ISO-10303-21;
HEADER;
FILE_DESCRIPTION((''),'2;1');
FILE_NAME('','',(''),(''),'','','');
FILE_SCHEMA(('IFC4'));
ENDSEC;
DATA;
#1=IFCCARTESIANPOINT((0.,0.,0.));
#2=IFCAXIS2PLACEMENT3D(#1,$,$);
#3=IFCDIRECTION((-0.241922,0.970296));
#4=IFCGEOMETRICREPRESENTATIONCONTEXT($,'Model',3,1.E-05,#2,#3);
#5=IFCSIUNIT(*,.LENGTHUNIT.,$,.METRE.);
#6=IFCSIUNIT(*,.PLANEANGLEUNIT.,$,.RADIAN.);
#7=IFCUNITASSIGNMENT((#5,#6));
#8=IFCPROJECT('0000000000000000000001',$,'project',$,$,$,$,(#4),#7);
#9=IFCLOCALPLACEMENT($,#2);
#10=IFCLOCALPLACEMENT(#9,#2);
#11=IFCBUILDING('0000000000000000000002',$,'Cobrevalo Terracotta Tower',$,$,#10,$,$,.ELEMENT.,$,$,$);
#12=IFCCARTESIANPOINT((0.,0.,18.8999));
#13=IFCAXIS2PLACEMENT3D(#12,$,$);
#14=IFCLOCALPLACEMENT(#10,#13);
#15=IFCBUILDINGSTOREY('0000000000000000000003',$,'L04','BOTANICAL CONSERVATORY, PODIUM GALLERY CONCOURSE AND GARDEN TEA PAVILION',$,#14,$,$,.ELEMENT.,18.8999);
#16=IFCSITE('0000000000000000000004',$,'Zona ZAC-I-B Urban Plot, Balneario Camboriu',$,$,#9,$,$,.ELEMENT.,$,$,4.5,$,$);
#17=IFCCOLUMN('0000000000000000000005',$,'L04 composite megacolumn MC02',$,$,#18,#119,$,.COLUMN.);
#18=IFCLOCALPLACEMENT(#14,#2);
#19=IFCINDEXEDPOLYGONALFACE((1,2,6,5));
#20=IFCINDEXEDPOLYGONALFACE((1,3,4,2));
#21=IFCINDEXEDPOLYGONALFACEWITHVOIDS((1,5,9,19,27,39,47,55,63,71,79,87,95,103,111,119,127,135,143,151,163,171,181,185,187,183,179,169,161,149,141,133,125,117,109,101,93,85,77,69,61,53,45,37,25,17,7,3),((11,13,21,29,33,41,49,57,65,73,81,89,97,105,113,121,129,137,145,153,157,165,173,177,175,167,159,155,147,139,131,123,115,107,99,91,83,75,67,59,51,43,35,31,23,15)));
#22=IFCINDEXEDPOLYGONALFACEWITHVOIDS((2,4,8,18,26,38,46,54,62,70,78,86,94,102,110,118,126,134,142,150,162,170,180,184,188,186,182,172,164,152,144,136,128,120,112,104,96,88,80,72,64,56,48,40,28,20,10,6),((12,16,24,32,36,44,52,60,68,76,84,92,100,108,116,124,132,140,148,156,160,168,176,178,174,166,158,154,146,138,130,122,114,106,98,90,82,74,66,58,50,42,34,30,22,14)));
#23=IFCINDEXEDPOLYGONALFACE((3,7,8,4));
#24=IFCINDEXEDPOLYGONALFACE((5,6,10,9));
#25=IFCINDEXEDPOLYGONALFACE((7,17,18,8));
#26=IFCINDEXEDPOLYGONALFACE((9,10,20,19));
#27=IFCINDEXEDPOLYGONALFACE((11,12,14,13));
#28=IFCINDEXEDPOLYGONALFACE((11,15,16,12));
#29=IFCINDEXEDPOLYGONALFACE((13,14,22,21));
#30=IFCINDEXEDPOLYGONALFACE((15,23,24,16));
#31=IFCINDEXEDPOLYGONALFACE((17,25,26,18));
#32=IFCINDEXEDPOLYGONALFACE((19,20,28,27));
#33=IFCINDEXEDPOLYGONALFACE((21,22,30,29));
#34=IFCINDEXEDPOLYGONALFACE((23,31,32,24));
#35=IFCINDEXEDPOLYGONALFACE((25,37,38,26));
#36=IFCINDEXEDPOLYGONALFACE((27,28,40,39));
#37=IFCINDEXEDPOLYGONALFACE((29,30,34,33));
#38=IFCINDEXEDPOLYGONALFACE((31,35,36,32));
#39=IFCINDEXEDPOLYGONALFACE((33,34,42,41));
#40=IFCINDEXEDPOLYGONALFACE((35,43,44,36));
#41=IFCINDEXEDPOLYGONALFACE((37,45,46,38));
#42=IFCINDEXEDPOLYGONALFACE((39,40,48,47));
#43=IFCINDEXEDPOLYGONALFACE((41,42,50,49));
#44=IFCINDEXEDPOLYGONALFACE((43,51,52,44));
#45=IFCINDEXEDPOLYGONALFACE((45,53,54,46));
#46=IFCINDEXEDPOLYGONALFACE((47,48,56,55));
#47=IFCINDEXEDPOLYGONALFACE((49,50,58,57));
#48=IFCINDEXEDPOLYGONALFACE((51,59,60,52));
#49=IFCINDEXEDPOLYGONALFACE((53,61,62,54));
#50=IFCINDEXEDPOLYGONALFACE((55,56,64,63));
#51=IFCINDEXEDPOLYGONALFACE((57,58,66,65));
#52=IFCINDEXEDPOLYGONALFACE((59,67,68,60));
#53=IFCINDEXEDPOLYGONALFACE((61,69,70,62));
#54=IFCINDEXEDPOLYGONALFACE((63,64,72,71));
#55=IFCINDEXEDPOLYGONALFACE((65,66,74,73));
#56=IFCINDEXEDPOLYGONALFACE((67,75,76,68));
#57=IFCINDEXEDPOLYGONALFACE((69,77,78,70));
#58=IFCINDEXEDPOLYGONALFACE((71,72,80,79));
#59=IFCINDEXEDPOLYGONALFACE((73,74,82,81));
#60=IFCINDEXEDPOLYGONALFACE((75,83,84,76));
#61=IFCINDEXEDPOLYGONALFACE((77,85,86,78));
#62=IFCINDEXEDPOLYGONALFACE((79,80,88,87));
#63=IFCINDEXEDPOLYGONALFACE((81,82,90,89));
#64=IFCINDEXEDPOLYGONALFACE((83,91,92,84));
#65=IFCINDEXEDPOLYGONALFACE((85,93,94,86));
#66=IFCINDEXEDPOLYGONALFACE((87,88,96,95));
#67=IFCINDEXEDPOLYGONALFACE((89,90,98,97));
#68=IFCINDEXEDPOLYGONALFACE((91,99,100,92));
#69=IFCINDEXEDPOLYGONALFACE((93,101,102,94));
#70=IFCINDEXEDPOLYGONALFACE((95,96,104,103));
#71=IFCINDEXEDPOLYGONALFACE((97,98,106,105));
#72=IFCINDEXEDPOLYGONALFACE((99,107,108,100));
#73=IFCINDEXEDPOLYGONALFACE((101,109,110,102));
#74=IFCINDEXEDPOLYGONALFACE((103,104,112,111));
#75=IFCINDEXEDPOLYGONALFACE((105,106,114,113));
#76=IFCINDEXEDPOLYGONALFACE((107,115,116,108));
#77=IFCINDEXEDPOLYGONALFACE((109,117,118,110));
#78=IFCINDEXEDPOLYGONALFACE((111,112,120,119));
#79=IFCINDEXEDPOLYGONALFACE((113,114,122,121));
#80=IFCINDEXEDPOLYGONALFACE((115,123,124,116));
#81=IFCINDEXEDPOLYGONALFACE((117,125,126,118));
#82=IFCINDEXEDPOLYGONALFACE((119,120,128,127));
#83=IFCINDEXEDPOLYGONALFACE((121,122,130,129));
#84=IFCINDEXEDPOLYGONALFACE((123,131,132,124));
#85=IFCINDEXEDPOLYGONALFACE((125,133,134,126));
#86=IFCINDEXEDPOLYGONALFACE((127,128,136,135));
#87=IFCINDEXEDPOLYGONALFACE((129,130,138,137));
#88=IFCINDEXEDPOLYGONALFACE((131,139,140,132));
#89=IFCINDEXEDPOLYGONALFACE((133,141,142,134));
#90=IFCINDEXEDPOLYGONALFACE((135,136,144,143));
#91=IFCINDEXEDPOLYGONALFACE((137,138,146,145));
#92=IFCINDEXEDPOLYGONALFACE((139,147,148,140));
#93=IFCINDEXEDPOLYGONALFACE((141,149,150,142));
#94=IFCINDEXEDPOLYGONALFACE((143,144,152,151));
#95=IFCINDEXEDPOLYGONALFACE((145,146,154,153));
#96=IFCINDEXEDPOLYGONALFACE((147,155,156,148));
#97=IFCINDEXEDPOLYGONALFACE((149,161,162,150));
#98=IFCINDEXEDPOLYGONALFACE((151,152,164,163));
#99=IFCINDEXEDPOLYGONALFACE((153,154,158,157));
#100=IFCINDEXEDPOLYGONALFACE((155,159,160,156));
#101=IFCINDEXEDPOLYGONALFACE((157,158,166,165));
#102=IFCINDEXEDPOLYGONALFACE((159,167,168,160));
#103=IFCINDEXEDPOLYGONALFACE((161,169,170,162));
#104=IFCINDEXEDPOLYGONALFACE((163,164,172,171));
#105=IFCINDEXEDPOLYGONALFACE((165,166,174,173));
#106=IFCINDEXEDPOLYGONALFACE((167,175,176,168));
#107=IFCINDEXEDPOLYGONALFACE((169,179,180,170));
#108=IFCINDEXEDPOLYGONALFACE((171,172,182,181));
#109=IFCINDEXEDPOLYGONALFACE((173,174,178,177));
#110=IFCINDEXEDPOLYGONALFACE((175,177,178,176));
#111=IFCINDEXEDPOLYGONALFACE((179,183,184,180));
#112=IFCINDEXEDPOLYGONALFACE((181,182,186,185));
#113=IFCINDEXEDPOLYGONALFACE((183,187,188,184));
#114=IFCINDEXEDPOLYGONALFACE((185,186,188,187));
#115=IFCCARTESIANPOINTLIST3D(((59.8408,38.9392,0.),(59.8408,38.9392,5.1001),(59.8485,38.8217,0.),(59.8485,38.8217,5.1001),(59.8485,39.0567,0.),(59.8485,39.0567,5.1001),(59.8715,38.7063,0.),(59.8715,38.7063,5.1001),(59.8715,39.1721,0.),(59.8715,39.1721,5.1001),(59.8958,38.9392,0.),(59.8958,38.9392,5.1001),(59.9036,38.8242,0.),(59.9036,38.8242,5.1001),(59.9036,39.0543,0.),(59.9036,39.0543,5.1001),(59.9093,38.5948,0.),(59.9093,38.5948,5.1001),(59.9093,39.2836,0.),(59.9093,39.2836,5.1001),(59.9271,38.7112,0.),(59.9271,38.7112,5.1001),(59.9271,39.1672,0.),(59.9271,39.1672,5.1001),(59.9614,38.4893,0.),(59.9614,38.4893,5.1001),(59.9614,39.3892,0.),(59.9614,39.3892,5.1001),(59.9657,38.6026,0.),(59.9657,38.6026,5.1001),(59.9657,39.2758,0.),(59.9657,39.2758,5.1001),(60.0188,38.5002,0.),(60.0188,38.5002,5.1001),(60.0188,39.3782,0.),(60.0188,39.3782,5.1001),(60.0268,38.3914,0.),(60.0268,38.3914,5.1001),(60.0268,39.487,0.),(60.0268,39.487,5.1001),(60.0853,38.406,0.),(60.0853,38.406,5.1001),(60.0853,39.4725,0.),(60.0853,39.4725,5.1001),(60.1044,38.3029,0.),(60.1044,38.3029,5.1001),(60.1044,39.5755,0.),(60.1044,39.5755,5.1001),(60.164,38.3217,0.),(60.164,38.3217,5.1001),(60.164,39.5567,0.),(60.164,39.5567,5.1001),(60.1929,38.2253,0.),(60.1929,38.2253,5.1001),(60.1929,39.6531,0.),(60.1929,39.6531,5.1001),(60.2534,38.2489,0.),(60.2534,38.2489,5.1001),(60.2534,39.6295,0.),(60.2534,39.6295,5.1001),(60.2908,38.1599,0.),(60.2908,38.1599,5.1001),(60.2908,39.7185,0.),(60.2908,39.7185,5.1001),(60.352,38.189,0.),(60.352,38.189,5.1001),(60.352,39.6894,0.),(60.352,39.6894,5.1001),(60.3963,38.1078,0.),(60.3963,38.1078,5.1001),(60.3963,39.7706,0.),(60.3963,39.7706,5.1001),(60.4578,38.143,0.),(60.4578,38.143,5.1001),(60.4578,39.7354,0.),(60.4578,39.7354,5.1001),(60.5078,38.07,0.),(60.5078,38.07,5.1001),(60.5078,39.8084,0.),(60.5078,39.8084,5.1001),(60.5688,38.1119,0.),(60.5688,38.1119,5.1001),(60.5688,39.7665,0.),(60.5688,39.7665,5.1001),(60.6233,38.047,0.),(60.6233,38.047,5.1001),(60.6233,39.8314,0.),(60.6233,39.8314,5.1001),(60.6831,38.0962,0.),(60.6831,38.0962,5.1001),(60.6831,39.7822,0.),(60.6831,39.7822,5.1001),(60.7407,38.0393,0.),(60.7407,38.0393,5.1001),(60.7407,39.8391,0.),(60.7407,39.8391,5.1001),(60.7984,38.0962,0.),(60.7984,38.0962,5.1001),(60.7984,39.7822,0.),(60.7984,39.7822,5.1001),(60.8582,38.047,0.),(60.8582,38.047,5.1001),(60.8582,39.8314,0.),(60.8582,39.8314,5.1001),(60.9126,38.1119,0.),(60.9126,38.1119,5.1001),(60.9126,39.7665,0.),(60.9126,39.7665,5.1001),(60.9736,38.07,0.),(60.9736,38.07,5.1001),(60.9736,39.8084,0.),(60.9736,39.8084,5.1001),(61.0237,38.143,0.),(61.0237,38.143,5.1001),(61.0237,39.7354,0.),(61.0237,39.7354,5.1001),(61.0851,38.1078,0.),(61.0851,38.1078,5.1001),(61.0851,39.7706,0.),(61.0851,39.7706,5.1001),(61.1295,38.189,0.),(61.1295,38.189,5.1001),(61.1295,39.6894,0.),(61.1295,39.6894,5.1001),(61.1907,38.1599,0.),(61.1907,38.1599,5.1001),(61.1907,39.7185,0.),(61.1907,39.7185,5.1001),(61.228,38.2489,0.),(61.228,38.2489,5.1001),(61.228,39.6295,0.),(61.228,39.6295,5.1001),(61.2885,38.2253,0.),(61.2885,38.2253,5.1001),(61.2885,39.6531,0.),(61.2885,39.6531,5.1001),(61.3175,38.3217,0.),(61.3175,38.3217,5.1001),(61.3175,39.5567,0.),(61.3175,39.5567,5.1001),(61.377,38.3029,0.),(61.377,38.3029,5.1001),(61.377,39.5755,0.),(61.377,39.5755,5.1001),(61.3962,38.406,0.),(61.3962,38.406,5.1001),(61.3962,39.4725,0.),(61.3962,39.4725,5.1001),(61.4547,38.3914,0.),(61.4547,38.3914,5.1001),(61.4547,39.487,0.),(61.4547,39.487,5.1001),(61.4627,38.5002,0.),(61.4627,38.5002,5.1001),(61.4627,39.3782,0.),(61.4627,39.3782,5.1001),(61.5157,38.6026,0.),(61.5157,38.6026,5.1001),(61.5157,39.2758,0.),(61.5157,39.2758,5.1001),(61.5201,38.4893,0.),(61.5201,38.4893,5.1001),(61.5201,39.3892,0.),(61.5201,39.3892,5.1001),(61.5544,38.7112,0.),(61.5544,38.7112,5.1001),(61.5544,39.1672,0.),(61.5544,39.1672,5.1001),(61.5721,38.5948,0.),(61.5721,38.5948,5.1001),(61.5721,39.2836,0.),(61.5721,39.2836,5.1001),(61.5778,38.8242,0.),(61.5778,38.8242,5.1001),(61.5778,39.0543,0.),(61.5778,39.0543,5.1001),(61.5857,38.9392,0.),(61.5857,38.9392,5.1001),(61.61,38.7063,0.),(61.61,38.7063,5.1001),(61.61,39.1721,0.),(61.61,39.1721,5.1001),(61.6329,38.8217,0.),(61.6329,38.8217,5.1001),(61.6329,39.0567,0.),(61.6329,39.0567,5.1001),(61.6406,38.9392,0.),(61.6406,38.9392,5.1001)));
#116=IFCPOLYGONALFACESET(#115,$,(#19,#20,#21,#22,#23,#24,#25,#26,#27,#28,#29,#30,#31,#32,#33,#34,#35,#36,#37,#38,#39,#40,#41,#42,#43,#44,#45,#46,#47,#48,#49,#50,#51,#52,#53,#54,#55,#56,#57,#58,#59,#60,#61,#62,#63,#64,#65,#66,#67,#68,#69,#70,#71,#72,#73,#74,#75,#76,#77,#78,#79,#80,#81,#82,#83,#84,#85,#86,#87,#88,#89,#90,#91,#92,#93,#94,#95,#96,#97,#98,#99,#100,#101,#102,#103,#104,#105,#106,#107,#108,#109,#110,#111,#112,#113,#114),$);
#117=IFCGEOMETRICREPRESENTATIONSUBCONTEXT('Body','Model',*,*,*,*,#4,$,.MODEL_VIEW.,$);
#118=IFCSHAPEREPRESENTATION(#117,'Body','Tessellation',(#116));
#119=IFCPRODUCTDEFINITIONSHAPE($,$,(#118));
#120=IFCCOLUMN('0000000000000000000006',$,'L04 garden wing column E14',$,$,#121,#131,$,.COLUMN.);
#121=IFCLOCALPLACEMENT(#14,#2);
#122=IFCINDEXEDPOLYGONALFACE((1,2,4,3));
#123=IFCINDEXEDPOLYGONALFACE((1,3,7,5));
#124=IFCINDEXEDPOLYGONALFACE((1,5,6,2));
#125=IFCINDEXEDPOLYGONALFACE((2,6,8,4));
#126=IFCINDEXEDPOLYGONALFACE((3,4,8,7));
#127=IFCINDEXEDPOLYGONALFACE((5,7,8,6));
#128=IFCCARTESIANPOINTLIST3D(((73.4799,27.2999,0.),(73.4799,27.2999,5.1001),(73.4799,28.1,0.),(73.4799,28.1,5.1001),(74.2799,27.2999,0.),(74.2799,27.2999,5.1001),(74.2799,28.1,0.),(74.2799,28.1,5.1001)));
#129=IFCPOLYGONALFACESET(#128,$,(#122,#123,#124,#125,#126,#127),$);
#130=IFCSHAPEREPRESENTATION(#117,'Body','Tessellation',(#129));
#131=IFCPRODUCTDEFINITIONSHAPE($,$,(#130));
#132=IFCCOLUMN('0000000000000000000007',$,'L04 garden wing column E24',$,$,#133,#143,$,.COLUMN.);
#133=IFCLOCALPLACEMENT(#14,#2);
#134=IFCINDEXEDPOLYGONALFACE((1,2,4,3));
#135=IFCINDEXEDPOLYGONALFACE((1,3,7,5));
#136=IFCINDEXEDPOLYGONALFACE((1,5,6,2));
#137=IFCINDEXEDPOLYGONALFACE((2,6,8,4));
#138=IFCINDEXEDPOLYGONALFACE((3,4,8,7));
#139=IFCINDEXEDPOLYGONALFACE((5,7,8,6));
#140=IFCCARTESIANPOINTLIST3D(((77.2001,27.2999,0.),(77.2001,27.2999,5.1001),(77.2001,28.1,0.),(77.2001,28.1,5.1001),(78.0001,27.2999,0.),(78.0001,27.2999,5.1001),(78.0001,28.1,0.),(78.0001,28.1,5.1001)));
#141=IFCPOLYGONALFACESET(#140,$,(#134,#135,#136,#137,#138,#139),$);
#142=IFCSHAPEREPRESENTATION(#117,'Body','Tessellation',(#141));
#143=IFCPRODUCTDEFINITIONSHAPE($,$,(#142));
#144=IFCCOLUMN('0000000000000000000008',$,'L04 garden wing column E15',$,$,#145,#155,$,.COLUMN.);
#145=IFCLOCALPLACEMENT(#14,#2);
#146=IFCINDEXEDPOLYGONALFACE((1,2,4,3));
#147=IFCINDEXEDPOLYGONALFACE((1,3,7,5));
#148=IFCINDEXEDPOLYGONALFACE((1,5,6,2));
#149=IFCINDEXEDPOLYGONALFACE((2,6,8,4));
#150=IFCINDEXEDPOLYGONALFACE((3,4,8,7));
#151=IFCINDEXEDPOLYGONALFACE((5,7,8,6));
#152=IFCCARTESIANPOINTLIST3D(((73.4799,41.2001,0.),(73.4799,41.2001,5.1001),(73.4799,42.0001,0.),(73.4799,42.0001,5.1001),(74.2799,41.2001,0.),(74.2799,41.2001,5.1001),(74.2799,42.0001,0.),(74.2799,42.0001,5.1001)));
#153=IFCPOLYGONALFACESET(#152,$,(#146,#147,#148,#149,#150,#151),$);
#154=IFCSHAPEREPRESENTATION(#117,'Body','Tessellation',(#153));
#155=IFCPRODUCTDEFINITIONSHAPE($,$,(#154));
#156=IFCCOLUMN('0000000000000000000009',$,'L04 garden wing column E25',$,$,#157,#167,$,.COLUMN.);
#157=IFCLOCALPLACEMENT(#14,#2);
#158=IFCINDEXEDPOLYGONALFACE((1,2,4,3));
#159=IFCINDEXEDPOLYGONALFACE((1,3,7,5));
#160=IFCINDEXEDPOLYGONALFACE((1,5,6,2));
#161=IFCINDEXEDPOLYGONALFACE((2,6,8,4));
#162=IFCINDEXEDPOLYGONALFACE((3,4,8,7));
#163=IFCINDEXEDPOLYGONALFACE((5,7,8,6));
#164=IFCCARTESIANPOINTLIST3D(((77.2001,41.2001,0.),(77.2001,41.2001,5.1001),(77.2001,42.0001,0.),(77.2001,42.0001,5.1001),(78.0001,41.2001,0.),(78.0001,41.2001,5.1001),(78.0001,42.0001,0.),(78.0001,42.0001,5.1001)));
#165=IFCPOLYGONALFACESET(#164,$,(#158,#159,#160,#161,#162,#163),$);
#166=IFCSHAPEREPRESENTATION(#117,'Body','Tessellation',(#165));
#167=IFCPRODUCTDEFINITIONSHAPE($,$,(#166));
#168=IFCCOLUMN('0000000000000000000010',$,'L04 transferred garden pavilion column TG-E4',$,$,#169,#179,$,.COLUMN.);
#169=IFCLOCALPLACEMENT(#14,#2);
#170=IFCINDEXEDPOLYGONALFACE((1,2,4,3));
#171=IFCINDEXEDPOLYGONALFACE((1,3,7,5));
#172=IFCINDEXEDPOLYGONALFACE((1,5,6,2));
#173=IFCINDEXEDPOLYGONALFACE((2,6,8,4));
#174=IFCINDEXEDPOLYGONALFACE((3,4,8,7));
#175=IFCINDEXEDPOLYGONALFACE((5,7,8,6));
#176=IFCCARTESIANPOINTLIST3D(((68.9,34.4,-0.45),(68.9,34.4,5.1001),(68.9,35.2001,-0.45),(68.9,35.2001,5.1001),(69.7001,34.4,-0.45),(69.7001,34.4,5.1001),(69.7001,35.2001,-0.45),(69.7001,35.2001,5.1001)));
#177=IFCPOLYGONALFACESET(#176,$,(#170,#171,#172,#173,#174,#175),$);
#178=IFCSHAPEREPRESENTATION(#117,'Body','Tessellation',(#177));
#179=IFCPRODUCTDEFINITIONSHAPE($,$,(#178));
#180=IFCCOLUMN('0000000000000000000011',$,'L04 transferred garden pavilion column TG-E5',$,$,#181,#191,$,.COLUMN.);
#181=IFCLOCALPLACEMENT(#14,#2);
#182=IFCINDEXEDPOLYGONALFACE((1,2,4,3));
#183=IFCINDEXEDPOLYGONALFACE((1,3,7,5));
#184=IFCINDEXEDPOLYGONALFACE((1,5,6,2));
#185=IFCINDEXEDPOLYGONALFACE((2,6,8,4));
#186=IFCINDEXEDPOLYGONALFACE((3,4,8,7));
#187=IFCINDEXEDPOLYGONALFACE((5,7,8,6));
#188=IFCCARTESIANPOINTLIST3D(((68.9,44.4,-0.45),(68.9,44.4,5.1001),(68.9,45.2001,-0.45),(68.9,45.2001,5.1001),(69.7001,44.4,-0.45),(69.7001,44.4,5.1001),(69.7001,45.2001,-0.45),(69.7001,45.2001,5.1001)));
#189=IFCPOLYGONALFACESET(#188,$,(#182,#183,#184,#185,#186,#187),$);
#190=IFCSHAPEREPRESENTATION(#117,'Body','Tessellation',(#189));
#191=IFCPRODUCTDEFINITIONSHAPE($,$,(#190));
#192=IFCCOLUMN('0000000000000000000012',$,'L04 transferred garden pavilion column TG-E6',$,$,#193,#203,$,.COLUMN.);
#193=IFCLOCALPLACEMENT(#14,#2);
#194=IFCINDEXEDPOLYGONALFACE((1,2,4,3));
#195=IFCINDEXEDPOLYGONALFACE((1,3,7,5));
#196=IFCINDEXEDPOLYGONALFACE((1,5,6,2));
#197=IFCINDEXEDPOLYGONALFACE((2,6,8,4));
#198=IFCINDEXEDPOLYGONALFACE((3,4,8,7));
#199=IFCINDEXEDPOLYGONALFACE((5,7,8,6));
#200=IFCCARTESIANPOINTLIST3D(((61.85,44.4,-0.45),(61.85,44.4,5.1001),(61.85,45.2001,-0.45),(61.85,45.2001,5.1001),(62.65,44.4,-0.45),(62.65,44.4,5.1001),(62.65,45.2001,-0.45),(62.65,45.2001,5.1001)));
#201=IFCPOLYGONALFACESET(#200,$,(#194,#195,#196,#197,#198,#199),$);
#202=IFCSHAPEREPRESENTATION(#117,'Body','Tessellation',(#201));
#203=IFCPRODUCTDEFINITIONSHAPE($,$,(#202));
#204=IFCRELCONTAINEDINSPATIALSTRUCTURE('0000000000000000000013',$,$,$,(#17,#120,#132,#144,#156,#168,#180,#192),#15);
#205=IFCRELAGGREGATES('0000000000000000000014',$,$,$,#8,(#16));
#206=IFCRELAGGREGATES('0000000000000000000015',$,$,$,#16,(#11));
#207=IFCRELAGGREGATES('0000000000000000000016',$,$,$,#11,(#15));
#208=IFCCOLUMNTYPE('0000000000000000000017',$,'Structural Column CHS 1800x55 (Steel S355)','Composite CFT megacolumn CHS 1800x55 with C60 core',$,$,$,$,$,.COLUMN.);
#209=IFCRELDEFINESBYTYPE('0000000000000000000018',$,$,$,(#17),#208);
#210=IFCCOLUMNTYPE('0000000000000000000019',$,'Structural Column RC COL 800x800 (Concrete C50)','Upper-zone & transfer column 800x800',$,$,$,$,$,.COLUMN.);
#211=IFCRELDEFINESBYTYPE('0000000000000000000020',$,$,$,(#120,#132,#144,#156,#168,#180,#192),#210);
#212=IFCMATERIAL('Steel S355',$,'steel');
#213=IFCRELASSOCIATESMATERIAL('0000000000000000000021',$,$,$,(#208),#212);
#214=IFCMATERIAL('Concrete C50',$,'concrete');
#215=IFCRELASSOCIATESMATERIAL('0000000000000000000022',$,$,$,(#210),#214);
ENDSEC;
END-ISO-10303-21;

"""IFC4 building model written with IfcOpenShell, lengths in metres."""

from ifc_helpers import new_model, si_unit, direction, frame, origin, origin_2d, place, context, subcontext, project, spatial, rectangle, hollow_circle, extrude, material, material_profile, profile_set, type_object, element, save


model = new_model("IFC4")

# Units and contexts
model_context = context("Model", 3, precision=1e-05, world=origin(), true_north=direction((-0.241922, 0.970296)))
body_context = subcontext(model_context, "Body", "Model", "MODEL_VIEW")
ifc_project = project(units=[si_unit("LENGTHUNIT", "METRE"), si_unit("PLANEANGLEUNIT", "RADIAN")], contexts=[model_context])

# Site, building, storey
site_placement = place(None, origin())
site = spatial("IfcSite", under=ifc_project, at=site_placement, Name="Zona ZAC-I-B Urban Plot, Balneario Camboriu", CompositionType="ELEMENT", RefElevation=4.5)
building_placement = place(site_placement, origin())
building = spatial("IfcBuilding", under=site, at=building_placement, Name="Cobrevalo Terracotta Tower", CompositionType="ELEMENT")
storey_placement = place(building_placement, frame((0.0, 0.0, 18.8999)))
storey = spatial("IfcBuildingStorey", under=building, at=storey_placement, Name="L04", Description="BOTANICAL CONSERVATORY, PODIUM GALLERY CONCOURSE AND GARDEN TEA PAVILION", CompositionType="ELEMENT", Elevation=18.8999)

# Columns
ifc_material_1 = material(Name="Steel S355", Category="steel")
ifc_material_profile_1 = material_profile(ifc_material_1, hollow_circle(Radius=0.8999, WallThickness=0.0549, at=origin_2d()), Name="CHS 1800x55")
ifc_profile_set_1 = profile_set([ifc_material_profile_1], Name="Steel S355")
column_type_1 = type_object("IfcColumnType", Name="Structural Column CHS 1800x55 (Steel S355)", Description="Composite CFT megacolumn CHS 1800x55 with C60 core", PredefinedType="COLUMN", material=ifc_profile_set_1)
for number, where, z_axis, x_axis, name in (
    (1, (60.7407, 38.9392, 0.0), (0.0, 0.0, 1.0), (1.0, 0.0, 0.0), "L04 composite megacolumn MC02"),
):
    element("IfcColumn", number, at=place(storey_placement, frame(where, z_axis=z_axis, x_axis=x_axis)), inside=storey, type_object=column_type_1, Name=name, PredefinedType="COLUMN", context=body_context, shape_type="SweptSolid", body=[
        extrude(hollow_circle(Radius=0.8999, WallThickness=0.0549, at=origin_2d()), origin(), (0.0, 0.0, 1.0), 5.1001),
    ])
ifc_material_2 = material(Name="Concrete C50", Category="concrete")
ifc_material_profile_2 = material_profile(ifc_material_2, rectangle(XDim=0.8, YDim=0.8, at=origin_2d()), Name="RC COL 800x800")
ifc_profile_set_2 = profile_set([ifc_material_profile_2], Name="Concrete C50")
column_type_2 = type_object("IfcColumnType", Name="Structural Column RC COL 800x800 (Concrete C50)", Description="Upper-zone & transfer column 800x800", PredefinedType="COLUMN", material=ifc_profile_set_2)
for number, where, z_axis, x_axis, name in (
    (2, (73.8799, 27.7, 0.0), (0.0, 0.0, 1.0), (1.0, 0.0, 0.0), "L04 garden wing column E14"),
    (3, (77.6001, 27.7, 0.0), (0.0, 0.0, 1.0), (1.0, 0.0, 0.0), "L04 garden wing column E24"),
    (4, (73.8799, 41.6001, 0.0), (0.0, 0.0, 1.0), (1.0, 0.0, 0.0), "L04 garden wing column E15"),
    (5, (77.6001, 41.6001, 0.0), (0.0, 0.0, 1.0), (1.0, 0.0, 0.0), "L04 garden wing column E25"),
):
    element("IfcColumn", number, at=place(storey_placement, frame(where, z_axis=z_axis, x_axis=x_axis)), inside=storey, type_object=column_type_2, Name=name, PredefinedType="COLUMN", context=body_context, shape_type="SweptSolid", body=[
        extrude(rectangle(XDim=0.8, YDim=0.8, at=origin_2d()), origin(), (0.0, 0.0, 1.0), 5.1001),
    ])
for number, where, z_axis, x_axis, name in (
    (6, (69.3, 34.8, -0.45), (0.0, 0.0, 1.0), (1.0, 0.0, 0.0), "L04 transferred garden pavilion column TG-E4"),
    (7, (69.3, 44.8, -0.45), (0.0, 0.0, 1.0), (1.0, 0.0, 0.0), "L04 transferred garden pavilion column TG-E5"),
    (8, (62.25, 44.8, -0.45), (0.0, 0.0, 1.0), (1.0, 0.0, 0.0), "L04 transferred garden pavilion column TG-E6"),
):
    element("IfcColumn", number, at=place(storey_placement, frame(where, z_axis=z_axis, x_axis=x_axis)), inside=storey, type_object=column_type_2, Name=name, PredefinedType="COLUMN", context=body_context, shape_type="SweptSolid", body=[
        extrude(rectangle(XDim=0.8, YDim=0.8, at=origin_2d()), origin(), (0.0, 0.0, 1.0), 5.55),
    ])

save(model, "model.ifc")
